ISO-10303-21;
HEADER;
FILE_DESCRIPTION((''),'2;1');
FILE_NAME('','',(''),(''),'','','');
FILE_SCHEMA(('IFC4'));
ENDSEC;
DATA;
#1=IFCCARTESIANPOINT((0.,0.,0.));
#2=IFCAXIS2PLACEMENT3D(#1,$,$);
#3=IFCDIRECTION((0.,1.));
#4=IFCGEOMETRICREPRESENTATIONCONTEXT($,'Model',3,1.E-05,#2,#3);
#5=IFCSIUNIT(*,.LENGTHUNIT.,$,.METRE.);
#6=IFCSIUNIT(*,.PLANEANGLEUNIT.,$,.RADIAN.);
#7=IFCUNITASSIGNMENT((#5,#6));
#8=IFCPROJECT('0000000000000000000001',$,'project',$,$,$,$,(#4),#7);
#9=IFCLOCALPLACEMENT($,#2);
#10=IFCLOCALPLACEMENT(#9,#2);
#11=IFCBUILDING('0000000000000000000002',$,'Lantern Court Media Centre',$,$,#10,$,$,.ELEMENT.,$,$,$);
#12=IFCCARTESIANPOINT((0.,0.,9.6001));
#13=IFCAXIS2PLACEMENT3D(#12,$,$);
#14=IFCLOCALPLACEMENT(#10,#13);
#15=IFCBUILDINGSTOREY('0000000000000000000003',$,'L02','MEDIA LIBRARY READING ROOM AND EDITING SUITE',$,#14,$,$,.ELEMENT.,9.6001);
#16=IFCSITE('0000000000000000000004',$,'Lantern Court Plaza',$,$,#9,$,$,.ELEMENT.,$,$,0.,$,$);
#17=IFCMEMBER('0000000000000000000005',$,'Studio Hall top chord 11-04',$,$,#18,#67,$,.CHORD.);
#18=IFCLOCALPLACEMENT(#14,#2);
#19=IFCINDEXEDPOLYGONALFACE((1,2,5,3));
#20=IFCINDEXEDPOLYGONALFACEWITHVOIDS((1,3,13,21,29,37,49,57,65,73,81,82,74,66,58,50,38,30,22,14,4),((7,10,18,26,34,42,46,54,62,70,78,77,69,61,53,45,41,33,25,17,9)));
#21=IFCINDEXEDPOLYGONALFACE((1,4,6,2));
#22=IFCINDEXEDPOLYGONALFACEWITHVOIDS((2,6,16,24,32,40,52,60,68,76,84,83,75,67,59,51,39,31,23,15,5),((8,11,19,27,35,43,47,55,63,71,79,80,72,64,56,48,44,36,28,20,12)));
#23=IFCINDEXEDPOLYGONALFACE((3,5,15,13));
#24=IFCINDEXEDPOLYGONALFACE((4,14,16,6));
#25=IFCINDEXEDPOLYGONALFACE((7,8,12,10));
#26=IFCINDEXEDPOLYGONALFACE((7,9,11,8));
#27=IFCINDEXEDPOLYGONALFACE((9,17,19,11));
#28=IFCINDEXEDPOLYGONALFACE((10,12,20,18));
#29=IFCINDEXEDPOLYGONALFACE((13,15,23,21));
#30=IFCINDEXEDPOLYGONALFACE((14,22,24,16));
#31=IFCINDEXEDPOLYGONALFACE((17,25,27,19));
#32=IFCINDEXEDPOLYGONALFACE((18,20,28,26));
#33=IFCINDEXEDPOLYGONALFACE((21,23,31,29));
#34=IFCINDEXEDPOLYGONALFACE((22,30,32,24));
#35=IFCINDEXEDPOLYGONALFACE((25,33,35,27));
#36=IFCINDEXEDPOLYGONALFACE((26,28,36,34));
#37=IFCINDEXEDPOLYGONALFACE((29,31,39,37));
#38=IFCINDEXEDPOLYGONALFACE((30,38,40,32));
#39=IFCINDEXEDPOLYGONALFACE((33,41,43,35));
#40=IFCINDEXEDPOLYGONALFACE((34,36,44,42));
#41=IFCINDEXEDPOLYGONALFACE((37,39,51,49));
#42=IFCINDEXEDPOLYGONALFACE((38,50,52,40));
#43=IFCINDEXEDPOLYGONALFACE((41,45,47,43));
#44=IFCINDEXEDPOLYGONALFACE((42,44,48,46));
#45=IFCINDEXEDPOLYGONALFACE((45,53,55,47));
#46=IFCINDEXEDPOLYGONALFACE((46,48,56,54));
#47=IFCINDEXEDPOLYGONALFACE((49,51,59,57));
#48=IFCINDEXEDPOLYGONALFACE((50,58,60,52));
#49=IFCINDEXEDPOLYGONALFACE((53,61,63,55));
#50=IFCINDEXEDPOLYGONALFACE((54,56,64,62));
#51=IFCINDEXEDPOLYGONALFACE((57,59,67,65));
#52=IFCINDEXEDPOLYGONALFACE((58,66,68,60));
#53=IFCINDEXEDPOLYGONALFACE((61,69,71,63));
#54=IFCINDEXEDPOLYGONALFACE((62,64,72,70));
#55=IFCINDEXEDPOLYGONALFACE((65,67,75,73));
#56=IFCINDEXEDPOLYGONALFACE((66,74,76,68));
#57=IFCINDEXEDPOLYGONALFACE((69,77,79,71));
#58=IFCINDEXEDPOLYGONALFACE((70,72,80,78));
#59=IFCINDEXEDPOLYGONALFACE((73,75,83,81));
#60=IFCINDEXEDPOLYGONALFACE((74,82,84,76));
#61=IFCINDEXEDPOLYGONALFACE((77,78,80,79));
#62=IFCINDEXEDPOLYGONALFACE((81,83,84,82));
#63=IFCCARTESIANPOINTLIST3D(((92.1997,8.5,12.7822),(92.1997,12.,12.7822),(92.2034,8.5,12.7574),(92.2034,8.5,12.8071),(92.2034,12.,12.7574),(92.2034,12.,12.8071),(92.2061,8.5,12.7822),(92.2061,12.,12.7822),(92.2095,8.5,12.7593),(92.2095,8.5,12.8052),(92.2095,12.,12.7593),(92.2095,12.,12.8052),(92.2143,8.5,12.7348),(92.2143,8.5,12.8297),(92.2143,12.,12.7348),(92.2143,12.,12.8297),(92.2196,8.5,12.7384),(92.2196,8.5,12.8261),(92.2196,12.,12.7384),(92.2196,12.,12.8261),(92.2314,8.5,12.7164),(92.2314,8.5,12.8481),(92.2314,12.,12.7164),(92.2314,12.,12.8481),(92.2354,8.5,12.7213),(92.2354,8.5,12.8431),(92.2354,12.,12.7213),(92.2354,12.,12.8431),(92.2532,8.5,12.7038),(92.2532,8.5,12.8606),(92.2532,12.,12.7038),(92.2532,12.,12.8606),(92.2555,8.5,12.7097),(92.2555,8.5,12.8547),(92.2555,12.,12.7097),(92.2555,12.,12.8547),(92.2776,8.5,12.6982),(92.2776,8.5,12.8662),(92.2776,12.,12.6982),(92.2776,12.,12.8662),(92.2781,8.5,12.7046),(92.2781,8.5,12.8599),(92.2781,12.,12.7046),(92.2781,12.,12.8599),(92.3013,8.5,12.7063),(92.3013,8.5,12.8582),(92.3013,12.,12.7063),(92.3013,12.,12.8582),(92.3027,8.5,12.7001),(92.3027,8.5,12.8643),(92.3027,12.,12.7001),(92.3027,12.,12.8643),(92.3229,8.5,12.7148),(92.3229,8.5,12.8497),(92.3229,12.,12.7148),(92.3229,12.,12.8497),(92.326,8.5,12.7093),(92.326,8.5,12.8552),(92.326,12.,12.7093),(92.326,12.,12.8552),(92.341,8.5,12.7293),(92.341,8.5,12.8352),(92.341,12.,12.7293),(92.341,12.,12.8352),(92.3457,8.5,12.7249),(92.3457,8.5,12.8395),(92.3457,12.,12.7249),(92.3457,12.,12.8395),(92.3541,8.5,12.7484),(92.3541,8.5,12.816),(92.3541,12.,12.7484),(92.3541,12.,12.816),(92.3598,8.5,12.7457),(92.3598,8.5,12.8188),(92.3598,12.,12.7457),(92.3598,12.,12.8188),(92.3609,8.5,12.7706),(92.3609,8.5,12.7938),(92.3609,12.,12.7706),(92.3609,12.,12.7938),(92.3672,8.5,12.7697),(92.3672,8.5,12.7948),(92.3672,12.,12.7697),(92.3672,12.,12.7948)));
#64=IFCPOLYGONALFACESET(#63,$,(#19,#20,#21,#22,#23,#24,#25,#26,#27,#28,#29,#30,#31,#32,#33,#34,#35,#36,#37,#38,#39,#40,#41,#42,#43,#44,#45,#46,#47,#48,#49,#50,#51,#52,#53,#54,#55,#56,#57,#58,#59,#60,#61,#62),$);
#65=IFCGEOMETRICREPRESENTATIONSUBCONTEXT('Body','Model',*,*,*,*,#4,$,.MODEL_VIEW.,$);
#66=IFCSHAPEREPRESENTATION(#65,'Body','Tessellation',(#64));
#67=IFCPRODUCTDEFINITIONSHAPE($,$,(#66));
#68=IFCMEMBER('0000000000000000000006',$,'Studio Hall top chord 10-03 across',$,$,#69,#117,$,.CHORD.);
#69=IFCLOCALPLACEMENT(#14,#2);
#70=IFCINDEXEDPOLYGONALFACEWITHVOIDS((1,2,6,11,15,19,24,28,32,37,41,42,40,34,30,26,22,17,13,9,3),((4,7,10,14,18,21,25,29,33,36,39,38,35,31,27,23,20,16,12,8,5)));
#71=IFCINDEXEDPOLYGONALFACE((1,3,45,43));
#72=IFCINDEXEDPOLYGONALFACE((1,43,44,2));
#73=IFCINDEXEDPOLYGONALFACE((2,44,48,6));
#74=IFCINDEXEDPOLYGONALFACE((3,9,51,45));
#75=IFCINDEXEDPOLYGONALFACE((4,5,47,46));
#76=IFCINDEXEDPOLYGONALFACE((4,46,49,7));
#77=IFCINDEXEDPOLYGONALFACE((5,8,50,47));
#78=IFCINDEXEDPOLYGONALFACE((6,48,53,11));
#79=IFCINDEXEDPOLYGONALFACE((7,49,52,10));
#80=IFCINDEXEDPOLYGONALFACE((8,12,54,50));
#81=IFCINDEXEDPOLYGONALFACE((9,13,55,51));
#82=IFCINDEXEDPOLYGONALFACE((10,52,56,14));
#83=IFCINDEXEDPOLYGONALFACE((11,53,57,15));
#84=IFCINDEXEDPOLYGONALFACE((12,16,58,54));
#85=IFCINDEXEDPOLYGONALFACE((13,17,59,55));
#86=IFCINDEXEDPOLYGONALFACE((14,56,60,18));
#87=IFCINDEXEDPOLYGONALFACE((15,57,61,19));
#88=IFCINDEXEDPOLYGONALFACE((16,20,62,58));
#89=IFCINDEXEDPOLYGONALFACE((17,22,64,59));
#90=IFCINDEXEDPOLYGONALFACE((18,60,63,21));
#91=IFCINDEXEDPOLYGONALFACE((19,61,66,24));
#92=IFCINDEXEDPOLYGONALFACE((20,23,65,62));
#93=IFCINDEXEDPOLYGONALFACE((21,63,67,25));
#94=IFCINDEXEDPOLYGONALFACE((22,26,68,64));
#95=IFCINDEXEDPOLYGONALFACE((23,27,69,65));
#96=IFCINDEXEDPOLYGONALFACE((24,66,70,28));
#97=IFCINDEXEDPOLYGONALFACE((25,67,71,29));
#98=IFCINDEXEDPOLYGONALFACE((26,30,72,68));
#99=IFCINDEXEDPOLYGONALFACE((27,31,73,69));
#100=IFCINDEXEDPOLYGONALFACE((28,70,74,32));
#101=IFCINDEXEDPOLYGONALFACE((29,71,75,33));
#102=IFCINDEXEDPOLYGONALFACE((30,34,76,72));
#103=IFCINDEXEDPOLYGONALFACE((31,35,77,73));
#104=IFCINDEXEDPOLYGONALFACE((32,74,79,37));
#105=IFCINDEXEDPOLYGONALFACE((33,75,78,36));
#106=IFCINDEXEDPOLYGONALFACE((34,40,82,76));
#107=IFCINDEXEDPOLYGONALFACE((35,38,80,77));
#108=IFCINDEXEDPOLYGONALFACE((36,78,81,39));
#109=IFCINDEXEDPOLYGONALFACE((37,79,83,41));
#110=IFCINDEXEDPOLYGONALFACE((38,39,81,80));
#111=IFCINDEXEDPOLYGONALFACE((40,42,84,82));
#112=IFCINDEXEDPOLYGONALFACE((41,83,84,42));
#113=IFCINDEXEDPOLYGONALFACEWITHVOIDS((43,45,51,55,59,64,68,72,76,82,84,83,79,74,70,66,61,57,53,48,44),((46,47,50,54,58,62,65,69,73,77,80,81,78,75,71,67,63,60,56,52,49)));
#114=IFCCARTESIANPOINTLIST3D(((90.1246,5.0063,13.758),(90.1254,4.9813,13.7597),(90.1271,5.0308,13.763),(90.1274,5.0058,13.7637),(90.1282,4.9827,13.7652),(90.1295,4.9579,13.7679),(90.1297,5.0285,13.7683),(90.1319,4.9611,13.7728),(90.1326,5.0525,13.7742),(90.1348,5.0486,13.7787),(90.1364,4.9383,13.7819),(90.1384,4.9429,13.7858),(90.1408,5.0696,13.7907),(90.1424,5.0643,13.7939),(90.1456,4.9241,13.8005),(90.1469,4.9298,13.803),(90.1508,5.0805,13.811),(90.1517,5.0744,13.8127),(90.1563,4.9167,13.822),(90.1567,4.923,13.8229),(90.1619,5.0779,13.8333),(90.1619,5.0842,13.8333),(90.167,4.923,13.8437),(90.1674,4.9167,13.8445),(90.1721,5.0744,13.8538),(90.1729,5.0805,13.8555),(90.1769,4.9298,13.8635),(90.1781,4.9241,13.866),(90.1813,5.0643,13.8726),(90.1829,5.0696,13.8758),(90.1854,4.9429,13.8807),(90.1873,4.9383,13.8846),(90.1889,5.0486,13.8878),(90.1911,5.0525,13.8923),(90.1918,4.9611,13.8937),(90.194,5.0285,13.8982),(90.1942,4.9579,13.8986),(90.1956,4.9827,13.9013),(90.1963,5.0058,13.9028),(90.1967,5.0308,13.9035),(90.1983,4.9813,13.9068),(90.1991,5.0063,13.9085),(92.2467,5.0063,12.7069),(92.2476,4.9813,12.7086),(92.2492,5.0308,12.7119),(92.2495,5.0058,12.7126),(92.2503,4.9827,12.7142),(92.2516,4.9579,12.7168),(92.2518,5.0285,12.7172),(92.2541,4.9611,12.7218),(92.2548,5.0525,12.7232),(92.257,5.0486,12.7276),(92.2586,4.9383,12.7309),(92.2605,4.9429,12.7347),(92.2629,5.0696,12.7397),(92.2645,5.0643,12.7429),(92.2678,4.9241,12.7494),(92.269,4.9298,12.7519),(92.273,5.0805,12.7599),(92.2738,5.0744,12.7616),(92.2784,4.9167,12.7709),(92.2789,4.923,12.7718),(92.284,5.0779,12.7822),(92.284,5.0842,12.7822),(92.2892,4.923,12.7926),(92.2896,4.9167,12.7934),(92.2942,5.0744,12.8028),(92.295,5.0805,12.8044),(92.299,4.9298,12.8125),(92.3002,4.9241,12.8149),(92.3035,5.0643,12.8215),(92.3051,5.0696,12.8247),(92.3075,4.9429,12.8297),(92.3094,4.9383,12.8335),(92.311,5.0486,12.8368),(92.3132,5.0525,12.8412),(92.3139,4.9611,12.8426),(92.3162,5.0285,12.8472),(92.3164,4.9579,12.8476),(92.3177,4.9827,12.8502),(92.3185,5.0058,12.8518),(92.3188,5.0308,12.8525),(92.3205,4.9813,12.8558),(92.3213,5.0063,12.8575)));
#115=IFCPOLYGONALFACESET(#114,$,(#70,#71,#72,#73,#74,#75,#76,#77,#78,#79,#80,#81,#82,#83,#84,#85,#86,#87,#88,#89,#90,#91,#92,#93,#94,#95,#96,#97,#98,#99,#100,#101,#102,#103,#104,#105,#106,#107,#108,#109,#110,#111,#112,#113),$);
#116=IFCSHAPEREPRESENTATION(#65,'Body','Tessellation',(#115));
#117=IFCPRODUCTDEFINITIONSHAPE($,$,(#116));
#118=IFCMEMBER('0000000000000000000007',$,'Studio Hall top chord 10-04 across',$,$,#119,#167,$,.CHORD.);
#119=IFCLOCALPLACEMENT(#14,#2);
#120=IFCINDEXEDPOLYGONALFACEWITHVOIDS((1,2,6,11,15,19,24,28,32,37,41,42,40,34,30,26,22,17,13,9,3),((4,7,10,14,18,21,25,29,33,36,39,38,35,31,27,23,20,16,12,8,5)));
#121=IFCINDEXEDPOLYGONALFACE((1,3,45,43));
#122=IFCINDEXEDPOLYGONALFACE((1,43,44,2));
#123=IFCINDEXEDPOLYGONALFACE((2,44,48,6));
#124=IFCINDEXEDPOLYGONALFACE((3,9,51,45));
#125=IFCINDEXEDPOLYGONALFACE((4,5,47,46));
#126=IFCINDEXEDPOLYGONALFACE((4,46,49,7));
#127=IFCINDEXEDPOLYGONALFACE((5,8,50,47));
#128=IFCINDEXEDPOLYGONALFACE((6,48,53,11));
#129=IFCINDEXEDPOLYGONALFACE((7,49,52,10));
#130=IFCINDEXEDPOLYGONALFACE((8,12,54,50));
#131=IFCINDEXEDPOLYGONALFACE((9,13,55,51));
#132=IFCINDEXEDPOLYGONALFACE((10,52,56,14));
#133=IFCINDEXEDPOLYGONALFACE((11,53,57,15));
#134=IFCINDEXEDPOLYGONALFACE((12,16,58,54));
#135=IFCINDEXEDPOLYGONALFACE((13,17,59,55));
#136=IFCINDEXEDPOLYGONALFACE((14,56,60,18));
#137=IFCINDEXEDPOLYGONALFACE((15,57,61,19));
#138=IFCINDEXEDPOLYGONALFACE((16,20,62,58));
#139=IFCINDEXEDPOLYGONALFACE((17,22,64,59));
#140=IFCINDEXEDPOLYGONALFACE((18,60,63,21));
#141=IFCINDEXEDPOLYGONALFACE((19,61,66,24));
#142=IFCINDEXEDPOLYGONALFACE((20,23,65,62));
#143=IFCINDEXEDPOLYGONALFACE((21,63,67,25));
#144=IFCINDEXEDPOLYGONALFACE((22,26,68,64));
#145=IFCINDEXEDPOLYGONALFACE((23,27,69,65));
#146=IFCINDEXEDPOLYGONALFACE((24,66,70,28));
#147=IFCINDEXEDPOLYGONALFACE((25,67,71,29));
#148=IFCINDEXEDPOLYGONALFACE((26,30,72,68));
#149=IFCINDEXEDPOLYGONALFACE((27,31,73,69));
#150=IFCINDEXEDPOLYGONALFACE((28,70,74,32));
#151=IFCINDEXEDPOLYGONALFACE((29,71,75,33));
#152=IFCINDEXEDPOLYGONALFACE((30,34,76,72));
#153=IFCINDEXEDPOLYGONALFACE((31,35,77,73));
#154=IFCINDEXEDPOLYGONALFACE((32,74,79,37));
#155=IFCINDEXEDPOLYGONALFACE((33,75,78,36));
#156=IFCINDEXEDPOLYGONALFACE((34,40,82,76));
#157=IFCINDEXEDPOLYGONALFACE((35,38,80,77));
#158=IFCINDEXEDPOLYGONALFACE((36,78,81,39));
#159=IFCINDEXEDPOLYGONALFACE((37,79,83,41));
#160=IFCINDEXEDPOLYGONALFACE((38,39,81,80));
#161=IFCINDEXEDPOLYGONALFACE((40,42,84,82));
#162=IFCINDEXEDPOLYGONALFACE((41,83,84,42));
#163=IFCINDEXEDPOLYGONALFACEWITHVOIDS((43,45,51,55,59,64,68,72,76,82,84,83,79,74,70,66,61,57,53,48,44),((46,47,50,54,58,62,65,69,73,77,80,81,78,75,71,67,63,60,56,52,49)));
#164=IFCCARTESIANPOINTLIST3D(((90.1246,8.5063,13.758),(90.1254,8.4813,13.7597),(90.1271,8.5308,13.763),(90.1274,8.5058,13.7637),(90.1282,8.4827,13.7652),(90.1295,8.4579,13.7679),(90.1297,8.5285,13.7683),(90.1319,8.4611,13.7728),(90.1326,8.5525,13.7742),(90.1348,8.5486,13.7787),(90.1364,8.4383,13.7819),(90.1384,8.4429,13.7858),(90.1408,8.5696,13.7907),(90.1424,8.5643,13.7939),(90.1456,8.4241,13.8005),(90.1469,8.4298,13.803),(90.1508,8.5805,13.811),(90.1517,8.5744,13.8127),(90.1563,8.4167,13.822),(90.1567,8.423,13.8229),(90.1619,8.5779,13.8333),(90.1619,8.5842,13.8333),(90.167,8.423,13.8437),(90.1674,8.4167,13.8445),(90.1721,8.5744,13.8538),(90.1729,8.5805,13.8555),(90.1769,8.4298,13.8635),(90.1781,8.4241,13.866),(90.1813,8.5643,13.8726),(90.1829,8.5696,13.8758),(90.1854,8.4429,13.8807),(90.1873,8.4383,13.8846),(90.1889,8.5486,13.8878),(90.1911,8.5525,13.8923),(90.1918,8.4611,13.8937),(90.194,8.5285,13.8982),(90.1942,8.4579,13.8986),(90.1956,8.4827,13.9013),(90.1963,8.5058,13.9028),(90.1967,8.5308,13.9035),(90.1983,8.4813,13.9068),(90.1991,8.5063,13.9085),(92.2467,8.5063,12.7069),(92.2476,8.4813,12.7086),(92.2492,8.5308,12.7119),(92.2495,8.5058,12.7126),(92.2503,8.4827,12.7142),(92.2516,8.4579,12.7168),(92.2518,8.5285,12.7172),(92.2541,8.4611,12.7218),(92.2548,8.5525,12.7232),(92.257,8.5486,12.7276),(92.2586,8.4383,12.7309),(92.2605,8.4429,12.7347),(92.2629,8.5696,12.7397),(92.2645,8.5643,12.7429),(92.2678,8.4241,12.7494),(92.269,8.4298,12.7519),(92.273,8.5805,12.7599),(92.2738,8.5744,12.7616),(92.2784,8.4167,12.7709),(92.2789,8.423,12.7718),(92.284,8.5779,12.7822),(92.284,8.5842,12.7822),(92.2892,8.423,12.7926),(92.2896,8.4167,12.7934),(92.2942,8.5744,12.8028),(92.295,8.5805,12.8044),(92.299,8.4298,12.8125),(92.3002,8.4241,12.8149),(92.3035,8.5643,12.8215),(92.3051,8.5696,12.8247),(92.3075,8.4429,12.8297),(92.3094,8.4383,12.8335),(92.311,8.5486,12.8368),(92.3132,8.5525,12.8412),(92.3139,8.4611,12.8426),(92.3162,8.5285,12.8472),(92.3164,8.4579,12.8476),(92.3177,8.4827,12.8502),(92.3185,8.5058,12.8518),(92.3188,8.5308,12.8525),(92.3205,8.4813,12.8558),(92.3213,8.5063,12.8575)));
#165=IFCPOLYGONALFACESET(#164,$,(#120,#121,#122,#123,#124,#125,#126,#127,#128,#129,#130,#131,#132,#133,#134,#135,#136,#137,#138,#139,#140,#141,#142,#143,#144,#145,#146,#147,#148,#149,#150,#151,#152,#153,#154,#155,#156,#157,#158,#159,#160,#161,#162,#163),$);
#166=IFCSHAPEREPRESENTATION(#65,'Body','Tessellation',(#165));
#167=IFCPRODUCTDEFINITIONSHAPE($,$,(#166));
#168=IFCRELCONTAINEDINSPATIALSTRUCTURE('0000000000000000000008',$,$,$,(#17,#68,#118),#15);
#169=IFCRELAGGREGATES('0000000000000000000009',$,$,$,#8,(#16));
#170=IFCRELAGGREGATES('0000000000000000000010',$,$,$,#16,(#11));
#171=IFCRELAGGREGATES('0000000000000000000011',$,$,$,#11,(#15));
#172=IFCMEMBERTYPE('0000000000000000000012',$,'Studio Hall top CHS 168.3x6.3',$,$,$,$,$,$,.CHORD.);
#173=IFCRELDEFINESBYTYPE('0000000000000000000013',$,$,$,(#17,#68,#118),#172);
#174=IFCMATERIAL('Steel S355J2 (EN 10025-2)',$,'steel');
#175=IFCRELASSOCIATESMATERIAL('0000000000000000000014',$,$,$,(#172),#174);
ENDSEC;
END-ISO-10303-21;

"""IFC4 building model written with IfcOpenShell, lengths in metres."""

from ifc_helpers import new_model, si_unit, direction, frame, origin, origin_2d, place, context, subcontext, project, spatial, hollow_circle, extrude, material, material_profile, profile_set, type_object, element, save


model = new_model("IFC4")

# Units and contexts
model_context = context("Model", 3, precision=1e-05, world=origin(), true_north=direction((0.0, 1.0)))
body_context = subcontext(model_context, "Body", "Model", "MODEL_VIEW")
ifc_project = project(units=[si_unit("LENGTHUNIT", "METRE"), si_unit("PLANEANGLEUNIT", "RADIAN")], contexts=[model_context])

# Site, building, storey
site_placement = place(None, origin())
site = spatial("IfcSite", under=ifc_project, at=site_placement, Name="Lantern Court Plaza", CompositionType="ELEMENT", RefElevation=0.0)
building_placement = place(site_placement, origin())
building = spatial("IfcBuilding", under=site, at=building_placement, Name="Lantern Court Media Centre", CompositionType="ELEMENT")
storey_placement = place(building_placement, frame((0.0, 0.0, 9.6001)))
storey = spatial("IfcBuildingStorey", under=building, at=storey_placement, Name="L02", Description="MEDIA LIBRARY READING ROOM AND EDITING SUITE", CompositionType="ELEMENT", Elevation=9.6001)

# Members
ifc_material = material(Name="Steel S355J2 (EN 10025-2)", Category="steel")
ifc_material_profile_1 = material_profile(ifc_material, hollow_circle(Radius=0.0842, WallThickness=0.0063, at=origin_2d()), Name="Studio Hall top CHS 168.3x6.3")
ifc_profile_set_1 = profile_set([ifc_material_profile_1], Name="Steel S355J2 (EN 10025-2)")
member_type_1 = type_object("IfcMemberType", Name="Studio Hall top CHS 168.3x6.3", PredefinedType="CHORD", material=ifc_profile_set_1)
member_1_placement = place(storey_placement, frame((92.2839, 8.5, 12.7822), z_axis=(0.0, 1.0, 0.0), x_axis=(-1.0, 0.0, 0.0)))
element("IfcMember", 1, at=member_1_placement, inside=storey, type_object=member_type_1, Name="Studio Hall top chord 11-04", PredefinedType="CHORD", context=body_context, shape_type="SweptSolid", body=[
    extrude(hollow_circle(Radius=0.0842, WallThickness=0.0063, at=origin_2d()), origin(), (0.0, 0.0, 1.0), 3.5),
])
for number, where, z_axis, x_axis, name in (
    (2, (90.1619, 5.0, 13.8333), (0.896112, 0.0, -0.443829), (0.0, 1.0, 0.0), "Studio Hall top chord 10-03 across"),
    (3, (90.1619, 8.5, 13.8333), (0.896112, 0.0, -0.443829), (0.0, 1.0, 0.0), "Studio Hall top chord 10-04 across"),
):
    element("IfcMember", number, at=place(storey_placement, frame(where, z_axis=z_axis, x_axis=x_axis)), inside=storey, type_object=member_type_1, Name=name, PredefinedType="CHORD", context=body_context, shape_type="SweptSolid", body=[
        extrude(hollow_circle(Radius=0.0842, WallThickness=0.0063, at=origin_2d()), origin(), (0.0, 0.0, 1.0), 2.3682),
    ])

save(model, "model.ifc")
